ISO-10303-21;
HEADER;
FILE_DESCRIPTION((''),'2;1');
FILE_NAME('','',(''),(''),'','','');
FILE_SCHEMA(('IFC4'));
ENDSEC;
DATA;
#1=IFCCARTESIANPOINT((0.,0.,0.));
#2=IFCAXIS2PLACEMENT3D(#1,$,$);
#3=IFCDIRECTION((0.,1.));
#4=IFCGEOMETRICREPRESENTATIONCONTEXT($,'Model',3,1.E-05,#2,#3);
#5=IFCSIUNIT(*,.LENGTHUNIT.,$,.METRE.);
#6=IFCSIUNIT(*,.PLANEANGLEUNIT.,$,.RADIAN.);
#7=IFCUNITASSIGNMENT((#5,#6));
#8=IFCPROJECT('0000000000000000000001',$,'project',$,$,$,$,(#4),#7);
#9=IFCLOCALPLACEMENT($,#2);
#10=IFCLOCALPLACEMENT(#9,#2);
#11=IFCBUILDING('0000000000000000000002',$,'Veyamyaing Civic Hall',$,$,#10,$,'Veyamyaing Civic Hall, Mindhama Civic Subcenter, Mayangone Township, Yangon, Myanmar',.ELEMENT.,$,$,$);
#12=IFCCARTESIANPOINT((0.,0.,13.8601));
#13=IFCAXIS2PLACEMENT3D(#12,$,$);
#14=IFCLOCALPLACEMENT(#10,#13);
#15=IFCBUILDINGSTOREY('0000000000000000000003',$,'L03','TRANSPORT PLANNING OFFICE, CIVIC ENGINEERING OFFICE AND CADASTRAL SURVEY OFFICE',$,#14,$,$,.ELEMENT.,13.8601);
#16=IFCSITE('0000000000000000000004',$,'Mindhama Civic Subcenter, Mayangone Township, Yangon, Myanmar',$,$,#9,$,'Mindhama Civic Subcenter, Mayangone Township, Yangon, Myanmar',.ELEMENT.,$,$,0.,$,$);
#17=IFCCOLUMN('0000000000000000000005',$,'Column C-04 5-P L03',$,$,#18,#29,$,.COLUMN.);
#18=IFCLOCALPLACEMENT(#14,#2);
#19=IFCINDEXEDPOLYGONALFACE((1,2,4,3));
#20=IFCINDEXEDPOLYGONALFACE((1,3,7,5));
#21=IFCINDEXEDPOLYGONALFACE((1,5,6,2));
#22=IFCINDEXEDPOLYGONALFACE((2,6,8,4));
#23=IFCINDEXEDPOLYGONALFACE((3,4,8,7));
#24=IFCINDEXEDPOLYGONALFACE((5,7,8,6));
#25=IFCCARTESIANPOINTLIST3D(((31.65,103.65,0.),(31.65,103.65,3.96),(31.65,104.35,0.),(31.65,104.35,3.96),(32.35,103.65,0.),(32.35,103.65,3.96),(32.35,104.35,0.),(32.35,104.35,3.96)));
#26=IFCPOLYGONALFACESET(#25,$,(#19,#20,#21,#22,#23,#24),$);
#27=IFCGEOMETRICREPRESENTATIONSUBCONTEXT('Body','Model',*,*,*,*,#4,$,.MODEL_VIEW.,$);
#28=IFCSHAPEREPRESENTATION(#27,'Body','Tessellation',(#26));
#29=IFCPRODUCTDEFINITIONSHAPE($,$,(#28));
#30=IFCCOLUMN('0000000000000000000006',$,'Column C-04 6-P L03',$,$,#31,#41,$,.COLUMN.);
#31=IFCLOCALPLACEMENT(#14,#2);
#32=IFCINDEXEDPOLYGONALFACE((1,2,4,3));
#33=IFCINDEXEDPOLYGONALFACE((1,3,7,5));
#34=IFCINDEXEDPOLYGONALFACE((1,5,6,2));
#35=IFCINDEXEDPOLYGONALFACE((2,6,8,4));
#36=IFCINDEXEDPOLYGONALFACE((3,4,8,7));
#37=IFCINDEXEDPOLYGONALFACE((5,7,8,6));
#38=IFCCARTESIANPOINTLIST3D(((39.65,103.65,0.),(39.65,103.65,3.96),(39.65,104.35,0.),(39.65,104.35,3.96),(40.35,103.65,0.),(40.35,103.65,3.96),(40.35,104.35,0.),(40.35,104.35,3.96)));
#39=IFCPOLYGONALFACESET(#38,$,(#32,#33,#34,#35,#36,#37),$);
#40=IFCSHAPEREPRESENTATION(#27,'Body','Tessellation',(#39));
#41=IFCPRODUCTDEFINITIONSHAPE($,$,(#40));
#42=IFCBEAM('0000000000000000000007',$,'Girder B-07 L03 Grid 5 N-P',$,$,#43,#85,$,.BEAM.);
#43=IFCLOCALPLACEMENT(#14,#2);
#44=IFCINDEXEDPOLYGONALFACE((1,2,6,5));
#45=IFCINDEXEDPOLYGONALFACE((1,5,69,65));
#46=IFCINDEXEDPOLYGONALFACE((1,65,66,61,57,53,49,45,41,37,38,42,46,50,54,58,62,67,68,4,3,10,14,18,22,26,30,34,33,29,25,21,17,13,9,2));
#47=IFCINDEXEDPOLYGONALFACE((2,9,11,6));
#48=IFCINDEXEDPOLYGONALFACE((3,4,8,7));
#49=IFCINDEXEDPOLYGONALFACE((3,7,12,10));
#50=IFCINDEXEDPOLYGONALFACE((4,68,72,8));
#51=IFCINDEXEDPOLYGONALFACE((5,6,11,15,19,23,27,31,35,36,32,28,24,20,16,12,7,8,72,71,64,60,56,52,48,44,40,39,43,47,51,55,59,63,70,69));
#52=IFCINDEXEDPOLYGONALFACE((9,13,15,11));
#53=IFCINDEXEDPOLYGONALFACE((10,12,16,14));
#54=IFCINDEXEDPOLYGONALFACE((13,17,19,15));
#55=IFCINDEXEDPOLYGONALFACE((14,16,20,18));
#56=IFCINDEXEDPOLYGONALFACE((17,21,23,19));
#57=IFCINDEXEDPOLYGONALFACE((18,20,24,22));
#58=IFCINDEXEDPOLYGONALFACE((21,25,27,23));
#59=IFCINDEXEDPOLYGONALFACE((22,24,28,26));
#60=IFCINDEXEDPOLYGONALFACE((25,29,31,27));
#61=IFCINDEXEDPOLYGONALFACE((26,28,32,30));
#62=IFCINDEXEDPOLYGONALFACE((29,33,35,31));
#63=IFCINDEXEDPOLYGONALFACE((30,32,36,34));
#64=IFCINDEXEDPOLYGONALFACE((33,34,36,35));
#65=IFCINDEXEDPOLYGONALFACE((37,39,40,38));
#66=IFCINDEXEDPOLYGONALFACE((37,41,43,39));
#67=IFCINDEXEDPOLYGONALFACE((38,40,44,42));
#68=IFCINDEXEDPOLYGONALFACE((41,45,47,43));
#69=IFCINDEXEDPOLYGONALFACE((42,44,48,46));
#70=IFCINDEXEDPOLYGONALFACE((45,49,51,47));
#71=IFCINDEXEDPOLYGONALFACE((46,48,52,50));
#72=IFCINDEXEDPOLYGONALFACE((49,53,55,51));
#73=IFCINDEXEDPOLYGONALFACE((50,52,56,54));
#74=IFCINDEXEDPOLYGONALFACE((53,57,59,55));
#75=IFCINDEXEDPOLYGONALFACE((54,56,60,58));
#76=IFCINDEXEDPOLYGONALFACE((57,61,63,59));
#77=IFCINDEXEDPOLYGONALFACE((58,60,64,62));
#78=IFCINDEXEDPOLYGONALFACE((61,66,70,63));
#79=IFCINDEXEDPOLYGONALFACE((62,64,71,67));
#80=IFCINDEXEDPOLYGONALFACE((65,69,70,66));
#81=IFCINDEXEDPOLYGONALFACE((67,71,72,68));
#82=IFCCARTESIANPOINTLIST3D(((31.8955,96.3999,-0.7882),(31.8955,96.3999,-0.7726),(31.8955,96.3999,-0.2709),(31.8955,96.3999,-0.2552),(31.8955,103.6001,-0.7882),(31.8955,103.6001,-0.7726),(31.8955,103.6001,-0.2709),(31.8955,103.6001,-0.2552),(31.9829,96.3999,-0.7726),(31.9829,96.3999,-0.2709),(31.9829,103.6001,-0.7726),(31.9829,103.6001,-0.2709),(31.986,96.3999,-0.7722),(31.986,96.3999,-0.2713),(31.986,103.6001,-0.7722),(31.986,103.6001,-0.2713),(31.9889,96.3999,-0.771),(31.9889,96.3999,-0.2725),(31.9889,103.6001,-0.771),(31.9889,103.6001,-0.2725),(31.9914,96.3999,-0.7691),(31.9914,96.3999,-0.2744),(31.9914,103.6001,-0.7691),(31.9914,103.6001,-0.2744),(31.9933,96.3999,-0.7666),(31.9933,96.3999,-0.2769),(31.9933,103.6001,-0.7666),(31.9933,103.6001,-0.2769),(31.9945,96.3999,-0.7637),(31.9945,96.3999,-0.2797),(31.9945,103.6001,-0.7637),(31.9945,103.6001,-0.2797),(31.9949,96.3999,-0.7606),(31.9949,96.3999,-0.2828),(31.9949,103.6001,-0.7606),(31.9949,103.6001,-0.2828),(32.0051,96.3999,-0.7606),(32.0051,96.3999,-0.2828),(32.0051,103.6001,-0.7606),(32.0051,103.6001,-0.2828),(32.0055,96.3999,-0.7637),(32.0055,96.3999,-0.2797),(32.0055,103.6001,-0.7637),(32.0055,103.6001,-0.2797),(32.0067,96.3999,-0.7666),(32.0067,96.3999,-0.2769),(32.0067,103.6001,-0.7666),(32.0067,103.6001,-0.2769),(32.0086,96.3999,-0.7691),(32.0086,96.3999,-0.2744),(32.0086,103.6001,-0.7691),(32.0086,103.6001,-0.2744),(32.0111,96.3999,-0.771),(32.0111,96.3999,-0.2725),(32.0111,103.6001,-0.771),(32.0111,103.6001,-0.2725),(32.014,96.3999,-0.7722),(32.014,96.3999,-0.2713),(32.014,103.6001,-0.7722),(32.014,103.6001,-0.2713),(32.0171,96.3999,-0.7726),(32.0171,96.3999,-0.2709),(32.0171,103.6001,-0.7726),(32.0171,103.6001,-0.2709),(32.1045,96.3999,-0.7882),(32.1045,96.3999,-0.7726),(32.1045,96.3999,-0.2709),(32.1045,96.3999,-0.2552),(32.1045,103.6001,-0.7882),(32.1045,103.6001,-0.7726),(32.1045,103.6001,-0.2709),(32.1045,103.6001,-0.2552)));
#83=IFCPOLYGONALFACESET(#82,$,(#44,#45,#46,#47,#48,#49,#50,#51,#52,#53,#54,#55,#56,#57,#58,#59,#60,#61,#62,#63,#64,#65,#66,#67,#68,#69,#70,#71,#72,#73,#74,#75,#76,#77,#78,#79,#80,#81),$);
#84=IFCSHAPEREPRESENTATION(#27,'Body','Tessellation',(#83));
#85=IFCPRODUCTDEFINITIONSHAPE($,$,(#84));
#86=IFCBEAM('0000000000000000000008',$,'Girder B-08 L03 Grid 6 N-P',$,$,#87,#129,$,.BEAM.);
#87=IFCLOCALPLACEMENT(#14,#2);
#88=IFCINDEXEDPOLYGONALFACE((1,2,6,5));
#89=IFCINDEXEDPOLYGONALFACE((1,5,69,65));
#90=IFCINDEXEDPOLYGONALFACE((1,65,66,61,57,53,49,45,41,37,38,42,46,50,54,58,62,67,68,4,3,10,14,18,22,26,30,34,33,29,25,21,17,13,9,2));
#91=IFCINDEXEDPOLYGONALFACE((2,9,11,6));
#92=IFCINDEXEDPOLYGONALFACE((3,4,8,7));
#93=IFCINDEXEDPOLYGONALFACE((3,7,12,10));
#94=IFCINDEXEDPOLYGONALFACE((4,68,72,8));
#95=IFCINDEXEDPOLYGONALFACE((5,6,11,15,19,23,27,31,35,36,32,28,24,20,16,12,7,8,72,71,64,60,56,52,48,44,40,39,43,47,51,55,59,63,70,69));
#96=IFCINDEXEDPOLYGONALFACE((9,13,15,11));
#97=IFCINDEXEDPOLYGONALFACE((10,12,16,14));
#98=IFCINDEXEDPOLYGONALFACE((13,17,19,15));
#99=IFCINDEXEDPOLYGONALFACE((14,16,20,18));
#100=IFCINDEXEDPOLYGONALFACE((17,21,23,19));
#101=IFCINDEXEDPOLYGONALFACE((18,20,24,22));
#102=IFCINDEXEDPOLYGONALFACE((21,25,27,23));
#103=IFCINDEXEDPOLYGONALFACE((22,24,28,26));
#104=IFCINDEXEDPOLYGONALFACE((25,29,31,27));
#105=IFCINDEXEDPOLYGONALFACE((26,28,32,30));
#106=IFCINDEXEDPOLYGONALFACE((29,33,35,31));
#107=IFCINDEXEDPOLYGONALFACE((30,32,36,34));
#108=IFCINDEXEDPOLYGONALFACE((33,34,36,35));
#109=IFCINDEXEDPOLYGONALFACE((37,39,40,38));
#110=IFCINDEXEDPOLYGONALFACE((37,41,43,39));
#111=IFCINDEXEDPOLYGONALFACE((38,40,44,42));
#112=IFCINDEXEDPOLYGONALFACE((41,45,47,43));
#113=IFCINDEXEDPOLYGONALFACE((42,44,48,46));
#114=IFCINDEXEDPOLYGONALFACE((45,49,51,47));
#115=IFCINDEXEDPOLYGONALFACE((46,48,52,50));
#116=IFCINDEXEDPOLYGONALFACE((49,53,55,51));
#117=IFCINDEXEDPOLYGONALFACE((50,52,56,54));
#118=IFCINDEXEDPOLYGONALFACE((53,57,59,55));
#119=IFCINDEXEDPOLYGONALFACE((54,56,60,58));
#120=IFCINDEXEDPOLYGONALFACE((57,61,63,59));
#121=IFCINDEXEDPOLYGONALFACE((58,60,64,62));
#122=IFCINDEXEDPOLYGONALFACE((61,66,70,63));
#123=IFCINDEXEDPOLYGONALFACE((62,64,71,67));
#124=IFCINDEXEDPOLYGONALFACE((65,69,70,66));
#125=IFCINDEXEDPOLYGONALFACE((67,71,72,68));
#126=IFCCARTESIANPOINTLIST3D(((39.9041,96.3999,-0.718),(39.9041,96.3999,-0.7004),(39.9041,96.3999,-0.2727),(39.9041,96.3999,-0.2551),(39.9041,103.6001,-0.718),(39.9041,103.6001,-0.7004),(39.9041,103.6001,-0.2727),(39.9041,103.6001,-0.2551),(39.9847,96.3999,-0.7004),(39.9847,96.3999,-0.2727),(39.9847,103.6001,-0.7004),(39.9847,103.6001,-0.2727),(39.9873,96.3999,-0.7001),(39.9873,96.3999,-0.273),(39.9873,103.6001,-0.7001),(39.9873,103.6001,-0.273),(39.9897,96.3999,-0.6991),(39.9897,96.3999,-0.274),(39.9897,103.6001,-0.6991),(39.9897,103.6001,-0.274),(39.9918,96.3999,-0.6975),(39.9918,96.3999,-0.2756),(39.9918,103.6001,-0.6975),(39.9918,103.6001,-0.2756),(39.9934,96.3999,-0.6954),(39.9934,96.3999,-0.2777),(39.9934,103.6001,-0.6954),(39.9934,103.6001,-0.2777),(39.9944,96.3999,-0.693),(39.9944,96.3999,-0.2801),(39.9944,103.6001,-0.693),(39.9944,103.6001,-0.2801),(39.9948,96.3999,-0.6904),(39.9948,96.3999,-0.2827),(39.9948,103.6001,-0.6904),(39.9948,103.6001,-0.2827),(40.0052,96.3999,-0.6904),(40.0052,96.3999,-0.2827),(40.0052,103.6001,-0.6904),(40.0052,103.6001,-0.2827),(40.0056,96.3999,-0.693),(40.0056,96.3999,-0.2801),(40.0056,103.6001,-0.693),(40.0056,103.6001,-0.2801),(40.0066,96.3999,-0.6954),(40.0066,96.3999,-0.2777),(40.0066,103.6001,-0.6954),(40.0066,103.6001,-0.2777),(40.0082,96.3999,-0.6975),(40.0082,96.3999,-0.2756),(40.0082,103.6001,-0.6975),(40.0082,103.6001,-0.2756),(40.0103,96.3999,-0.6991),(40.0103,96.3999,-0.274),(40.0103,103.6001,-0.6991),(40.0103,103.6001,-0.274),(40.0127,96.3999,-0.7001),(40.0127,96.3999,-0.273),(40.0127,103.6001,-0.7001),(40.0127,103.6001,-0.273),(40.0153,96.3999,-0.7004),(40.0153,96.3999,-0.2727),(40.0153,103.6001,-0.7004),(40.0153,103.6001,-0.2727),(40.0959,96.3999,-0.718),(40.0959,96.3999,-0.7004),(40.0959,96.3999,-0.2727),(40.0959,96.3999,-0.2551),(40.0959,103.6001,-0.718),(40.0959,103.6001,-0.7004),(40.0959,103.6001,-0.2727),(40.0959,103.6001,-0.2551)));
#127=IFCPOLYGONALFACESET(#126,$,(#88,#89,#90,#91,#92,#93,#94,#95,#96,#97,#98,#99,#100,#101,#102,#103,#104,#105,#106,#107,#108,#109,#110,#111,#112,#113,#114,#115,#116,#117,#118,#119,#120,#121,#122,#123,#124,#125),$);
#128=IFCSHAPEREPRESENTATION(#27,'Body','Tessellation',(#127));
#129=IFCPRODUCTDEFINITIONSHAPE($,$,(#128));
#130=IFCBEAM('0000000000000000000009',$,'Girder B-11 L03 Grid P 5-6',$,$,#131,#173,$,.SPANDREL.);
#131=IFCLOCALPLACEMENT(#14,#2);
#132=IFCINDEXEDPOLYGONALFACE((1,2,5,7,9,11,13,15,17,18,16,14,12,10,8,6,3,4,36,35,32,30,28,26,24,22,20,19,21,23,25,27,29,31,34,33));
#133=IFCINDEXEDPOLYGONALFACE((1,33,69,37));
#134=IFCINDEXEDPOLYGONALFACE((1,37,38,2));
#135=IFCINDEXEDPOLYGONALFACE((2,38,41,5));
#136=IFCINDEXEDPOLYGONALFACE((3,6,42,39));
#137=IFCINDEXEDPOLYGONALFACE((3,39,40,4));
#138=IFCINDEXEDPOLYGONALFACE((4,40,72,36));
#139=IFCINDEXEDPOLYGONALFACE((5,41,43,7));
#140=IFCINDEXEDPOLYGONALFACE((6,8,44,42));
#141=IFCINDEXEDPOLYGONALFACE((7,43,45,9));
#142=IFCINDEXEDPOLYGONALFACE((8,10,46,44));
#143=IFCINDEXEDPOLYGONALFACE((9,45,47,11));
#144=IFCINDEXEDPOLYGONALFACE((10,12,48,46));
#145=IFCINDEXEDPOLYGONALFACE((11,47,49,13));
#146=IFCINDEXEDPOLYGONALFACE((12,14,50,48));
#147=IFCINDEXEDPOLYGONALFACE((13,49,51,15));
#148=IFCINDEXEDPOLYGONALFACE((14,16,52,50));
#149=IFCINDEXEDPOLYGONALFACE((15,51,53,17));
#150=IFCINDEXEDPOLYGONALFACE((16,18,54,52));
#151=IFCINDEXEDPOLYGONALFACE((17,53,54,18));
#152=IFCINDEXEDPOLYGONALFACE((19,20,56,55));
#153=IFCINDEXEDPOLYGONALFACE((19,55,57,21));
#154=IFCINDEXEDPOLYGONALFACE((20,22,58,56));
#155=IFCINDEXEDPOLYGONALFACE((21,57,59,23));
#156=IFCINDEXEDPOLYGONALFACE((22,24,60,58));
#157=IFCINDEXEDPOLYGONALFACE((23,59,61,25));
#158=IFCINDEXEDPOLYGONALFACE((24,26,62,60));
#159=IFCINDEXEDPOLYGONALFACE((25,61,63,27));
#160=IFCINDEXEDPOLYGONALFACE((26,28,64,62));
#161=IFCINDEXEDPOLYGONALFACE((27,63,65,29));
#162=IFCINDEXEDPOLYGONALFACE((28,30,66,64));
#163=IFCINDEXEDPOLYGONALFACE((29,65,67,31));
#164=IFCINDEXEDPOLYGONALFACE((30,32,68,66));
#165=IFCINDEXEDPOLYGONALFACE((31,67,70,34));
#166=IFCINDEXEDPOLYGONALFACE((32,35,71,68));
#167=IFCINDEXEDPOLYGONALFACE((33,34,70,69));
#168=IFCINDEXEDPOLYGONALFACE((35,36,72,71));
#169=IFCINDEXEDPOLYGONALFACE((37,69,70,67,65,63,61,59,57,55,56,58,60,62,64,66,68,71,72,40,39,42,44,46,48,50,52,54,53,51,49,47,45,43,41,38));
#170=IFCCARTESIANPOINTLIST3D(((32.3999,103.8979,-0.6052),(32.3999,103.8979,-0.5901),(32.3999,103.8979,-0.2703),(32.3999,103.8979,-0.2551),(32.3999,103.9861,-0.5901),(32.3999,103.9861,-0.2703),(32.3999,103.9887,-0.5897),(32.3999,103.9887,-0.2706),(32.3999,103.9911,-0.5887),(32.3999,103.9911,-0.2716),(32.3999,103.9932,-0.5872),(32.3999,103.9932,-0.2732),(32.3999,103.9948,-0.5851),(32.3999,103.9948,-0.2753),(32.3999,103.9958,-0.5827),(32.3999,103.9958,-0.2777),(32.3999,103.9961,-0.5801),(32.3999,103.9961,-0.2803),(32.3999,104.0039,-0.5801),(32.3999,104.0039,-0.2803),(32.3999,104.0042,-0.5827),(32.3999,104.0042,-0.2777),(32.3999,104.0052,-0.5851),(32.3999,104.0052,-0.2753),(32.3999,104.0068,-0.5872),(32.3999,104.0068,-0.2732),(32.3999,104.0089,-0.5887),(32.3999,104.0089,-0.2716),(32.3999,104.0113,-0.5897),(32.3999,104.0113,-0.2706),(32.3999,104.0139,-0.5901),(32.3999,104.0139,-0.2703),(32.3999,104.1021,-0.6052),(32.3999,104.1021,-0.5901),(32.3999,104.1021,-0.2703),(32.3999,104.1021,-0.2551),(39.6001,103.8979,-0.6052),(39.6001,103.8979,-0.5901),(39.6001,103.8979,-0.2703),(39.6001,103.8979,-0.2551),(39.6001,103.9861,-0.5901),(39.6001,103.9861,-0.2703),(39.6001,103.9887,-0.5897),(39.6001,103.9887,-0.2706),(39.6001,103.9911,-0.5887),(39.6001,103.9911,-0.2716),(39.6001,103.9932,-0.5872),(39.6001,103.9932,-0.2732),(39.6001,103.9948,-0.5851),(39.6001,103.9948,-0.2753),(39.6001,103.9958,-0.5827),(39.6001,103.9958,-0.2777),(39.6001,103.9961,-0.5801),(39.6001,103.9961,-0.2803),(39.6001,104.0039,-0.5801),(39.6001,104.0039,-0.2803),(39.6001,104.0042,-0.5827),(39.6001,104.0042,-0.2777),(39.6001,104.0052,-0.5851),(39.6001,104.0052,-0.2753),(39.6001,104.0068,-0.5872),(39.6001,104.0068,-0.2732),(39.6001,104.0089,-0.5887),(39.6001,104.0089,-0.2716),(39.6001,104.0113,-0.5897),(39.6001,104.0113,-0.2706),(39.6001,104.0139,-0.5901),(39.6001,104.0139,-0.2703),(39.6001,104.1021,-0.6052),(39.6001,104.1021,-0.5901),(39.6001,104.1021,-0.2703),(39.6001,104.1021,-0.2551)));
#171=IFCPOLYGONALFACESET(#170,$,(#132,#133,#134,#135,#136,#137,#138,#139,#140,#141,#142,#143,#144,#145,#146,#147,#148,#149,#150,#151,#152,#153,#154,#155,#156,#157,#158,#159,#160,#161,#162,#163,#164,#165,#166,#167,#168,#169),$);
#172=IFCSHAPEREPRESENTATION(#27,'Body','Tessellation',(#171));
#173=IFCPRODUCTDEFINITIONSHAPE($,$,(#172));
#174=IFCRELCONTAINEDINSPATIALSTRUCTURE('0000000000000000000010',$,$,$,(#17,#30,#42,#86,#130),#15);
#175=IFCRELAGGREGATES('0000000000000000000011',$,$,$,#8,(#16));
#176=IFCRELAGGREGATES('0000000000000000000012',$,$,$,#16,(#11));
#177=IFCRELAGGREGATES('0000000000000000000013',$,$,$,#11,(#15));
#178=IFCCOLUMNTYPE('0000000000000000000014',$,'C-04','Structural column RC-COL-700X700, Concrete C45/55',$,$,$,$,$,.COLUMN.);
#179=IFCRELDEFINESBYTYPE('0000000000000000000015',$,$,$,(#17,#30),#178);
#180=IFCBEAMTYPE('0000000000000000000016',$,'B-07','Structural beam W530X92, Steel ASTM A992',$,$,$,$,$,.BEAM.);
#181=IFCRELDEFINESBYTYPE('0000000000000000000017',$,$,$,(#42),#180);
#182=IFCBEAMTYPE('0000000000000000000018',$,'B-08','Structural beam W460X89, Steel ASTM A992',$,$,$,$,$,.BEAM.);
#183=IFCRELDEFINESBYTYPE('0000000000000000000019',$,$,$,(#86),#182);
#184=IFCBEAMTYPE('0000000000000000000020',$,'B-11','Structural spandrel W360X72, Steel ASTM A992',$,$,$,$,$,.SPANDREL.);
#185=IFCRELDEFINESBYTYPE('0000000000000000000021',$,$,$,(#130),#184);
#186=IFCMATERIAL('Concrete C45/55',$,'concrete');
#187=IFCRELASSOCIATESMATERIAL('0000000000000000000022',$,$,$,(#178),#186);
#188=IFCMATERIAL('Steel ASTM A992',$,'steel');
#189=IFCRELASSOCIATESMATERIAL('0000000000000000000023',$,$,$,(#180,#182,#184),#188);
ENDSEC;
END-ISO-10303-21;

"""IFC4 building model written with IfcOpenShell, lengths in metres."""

from ifc_helpers import new_model, si_unit, direction, frame, origin, origin_2d, place, context, subcontext, project, spatial, rectangle, i_section, extrude, material, material_profile, profile_set, type_object, element, save


model = new_model("IFC4")

# Units and contexts
model_context = context("Model", 3, precision=1e-05, world=origin(), true_north=direction((0.0, 1.0)))
body_context = subcontext(model_context, "Body", "Model", "MODEL_VIEW")
ifc_project = project(units=[si_unit("LENGTHUNIT", "METRE"), si_unit("PLANEANGLEUNIT", "RADIAN")], contexts=[model_context])

# Site, building, storey
site_placement = place(None, origin())
site = spatial("IfcSite", under=ifc_project, at=site_placement, Name="Mindhama Civic Subcenter, Mayangone Township, Yangon, Myanmar", LongName="Mindhama Civic Subcenter, Mayangone Township, Yangon, Myanmar", CompositionType="ELEMENT", RefElevation=0.0)
building_placement = place(site_placement, origin())
building = spatial("IfcBuilding", under=site, at=building_placement, Name="Veyamyaing Civic Hall", LongName="Veyamyaing Civic Hall, Mindhama Civic Subcenter, Mayangone Township, Yangon, Myanmar", CompositionType="ELEMENT")
storey_placement = place(building_placement, frame((0.0, 0.0, 13.8601)))
storey = spatial("IfcBuildingStorey", under=building, at=storey_placement, Name="L03", Description="TRANSPORT PLANNING OFFICE, CIVIC ENGINEERING OFFICE AND CADASTRAL SURVEY OFFICE", CompositionType="ELEMENT", Elevation=13.8601)

# Columns
ifc_material_1 = material(Name="Concrete C45/55", Category="concrete")
ifc_material_profile_1 = material_profile(ifc_material_1, rectangle(XDim=0.7, YDim=0.7, at=origin_2d()), Name="RC-COL-700X700")
ifc_profile_set_1 = profile_set([ifc_material_profile_1], Name="Concrete C45/55")
column_type = type_object("IfcColumnType", Name="C-04", Description="Structural column RC-COL-700X700, Concrete C45/55", PredefinedType="COLUMN", material=ifc_profile_set_1)
for number, where, z_axis, x_axis, name in (
    (1, (32.0, 104.0, 0.0), (0.0, 0.0, 1.0), (1.0, 0.0, 0.0), "Column C-04 5-P L03"),
    (2, (40.0, 104.0, 0.0), (0.0, 0.0, 1.0), (1.0, 0.0, 0.0), "Column C-04 6-P L03"),
):
    element("IfcColumn", number, at=place(storey_placement, frame(where, z_axis=z_axis, x_axis=x_axis)), inside=storey, type_object=column_type, Name=name, PredefinedType="COLUMN", context=body_context, shape_type="SweptSolid", body=[
        extrude(rectangle(XDim=0.7, YDim=0.7, at=origin_2d()), origin(), (0.0, 0.0, 1.0), 3.96),
    ])

# Beams
ifc_material_2 = material(Name="Steel ASTM A992", Category="steel")
ifc_material_profile_2 = material_profile(ifc_material_2, i_section(OverallWidth=0.209, OverallDepth=0.533, WebThickness=0.0103, FlangeThickness=0.0156, FilletRadius=0.012, at=origin_2d()), Name="W530X92")
ifc_profile_set_2 = profile_set([ifc_material_profile_2], Name="Steel ASTM A992")
beam_type_1 = type_object("IfcBeamType", Name="B-07", Description="Structural beam W530X92, Steel ASTM A992", PredefinedType="BEAM", material=ifc_profile_set_2)
beam_1_placement = place(storey_placement, frame((32.0, 96.3999, -0.5217), z_axis=(0.0, 1.0, 0.0), x_axis=(-1.0, 0.0, 0.0)))
element("IfcBeam", 3, at=beam_1_placement, inside=storey, type_object=beam_type_1, Name="Girder B-07 L03 Grid 5 N-P", PredefinedType="BEAM", context=body_context, shape_type="SweptSolid", body=[
    extrude(i_section(OverallWidth=0.209, OverallDepth=0.533, WebThickness=0.0103, FlangeThickness=0.0156, FilletRadius=0.012, at=origin_2d()), origin(), (0.0, 0.0, 1.0), 7.2002),
])
ifc_material_profile_3 = material_profile(ifc_material_2, i_section(OverallWidth=0.1919, OverallDepth=0.4629, WebThickness=0.0105, FlangeThickness=0.0176, FilletRadius=0.01, at=origin_2d()), Name="W460X89")
ifc_profile_set_3 = profile_set([ifc_material_profile_3], Name="Steel ASTM A992")
beam_type_2 = type_object("IfcBeamType", Name="B-08", Description="Structural beam W460X89, Steel ASTM A992", PredefinedType="BEAM", material=ifc_profile_set_3)
beam_2_placement = place(storey_placement, frame((40.0, 96.3999, -0.4866), z_axis=(0.0, 1.0, 0.0), x_axis=(-1.0, 0.0, 0.0)))
element("IfcBeam", 4, at=beam_2_placement, inside=storey, type_object=beam_type_2, Name="Girder B-08 L03 Grid 6 N-P", PredefinedType="BEAM", context=body_context, shape_type="SweptSolid", body=[
    extrude(i_section(OverallWidth=0.1919, OverallDepth=0.4629, WebThickness=0.0105, FlangeThickness=0.0176, FilletRadius=0.01, at=origin_2d()), origin(), (0.0, 0.0, 1.0), 7.2002),
])
ifc_material_profile_4 = material_profile(ifc_material_2, i_section(OverallWidth=0.2041, OverallDepth=0.3501, WebThickness=0.0078, FlangeThickness=0.0151, FilletRadius=0.01, at=origin_2d()), Name="W360X72")
ifc_profile_set_4 = profile_set([ifc_material_profile_4], Name="Steel ASTM A992")
beam_type_3 = type_object("IfcBeamType", Name="B-11", Description="Structural spandrel W360X72, Steel ASTM A992", PredefinedType="SPANDREL", material=ifc_profile_set_4)
beam_3_placement = place(storey_placement, frame((32.3999, 104.0, -0.4302), z_axis=(1.0, 0.0, 0.0), x_axis=(0.0, 1.0, 0.0)))
element("IfcBeam", 5, at=beam_3_placement, inside=storey, type_object=beam_type_3, Name="Girder B-11 L03 Grid P 5-6", PredefinedType="SPANDREL", context=body_context, shape_type="SweptSolid", body=[
    extrude(i_section(OverallWidth=0.2041, OverallDepth=0.3501, WebThickness=0.0078, FlangeThickness=0.0151, FilletRadius=0.01, at=origin_2d()), origin(), (0.0, 0.0, 1.0), 7.2002),
])

save(model, "model.ifc")
